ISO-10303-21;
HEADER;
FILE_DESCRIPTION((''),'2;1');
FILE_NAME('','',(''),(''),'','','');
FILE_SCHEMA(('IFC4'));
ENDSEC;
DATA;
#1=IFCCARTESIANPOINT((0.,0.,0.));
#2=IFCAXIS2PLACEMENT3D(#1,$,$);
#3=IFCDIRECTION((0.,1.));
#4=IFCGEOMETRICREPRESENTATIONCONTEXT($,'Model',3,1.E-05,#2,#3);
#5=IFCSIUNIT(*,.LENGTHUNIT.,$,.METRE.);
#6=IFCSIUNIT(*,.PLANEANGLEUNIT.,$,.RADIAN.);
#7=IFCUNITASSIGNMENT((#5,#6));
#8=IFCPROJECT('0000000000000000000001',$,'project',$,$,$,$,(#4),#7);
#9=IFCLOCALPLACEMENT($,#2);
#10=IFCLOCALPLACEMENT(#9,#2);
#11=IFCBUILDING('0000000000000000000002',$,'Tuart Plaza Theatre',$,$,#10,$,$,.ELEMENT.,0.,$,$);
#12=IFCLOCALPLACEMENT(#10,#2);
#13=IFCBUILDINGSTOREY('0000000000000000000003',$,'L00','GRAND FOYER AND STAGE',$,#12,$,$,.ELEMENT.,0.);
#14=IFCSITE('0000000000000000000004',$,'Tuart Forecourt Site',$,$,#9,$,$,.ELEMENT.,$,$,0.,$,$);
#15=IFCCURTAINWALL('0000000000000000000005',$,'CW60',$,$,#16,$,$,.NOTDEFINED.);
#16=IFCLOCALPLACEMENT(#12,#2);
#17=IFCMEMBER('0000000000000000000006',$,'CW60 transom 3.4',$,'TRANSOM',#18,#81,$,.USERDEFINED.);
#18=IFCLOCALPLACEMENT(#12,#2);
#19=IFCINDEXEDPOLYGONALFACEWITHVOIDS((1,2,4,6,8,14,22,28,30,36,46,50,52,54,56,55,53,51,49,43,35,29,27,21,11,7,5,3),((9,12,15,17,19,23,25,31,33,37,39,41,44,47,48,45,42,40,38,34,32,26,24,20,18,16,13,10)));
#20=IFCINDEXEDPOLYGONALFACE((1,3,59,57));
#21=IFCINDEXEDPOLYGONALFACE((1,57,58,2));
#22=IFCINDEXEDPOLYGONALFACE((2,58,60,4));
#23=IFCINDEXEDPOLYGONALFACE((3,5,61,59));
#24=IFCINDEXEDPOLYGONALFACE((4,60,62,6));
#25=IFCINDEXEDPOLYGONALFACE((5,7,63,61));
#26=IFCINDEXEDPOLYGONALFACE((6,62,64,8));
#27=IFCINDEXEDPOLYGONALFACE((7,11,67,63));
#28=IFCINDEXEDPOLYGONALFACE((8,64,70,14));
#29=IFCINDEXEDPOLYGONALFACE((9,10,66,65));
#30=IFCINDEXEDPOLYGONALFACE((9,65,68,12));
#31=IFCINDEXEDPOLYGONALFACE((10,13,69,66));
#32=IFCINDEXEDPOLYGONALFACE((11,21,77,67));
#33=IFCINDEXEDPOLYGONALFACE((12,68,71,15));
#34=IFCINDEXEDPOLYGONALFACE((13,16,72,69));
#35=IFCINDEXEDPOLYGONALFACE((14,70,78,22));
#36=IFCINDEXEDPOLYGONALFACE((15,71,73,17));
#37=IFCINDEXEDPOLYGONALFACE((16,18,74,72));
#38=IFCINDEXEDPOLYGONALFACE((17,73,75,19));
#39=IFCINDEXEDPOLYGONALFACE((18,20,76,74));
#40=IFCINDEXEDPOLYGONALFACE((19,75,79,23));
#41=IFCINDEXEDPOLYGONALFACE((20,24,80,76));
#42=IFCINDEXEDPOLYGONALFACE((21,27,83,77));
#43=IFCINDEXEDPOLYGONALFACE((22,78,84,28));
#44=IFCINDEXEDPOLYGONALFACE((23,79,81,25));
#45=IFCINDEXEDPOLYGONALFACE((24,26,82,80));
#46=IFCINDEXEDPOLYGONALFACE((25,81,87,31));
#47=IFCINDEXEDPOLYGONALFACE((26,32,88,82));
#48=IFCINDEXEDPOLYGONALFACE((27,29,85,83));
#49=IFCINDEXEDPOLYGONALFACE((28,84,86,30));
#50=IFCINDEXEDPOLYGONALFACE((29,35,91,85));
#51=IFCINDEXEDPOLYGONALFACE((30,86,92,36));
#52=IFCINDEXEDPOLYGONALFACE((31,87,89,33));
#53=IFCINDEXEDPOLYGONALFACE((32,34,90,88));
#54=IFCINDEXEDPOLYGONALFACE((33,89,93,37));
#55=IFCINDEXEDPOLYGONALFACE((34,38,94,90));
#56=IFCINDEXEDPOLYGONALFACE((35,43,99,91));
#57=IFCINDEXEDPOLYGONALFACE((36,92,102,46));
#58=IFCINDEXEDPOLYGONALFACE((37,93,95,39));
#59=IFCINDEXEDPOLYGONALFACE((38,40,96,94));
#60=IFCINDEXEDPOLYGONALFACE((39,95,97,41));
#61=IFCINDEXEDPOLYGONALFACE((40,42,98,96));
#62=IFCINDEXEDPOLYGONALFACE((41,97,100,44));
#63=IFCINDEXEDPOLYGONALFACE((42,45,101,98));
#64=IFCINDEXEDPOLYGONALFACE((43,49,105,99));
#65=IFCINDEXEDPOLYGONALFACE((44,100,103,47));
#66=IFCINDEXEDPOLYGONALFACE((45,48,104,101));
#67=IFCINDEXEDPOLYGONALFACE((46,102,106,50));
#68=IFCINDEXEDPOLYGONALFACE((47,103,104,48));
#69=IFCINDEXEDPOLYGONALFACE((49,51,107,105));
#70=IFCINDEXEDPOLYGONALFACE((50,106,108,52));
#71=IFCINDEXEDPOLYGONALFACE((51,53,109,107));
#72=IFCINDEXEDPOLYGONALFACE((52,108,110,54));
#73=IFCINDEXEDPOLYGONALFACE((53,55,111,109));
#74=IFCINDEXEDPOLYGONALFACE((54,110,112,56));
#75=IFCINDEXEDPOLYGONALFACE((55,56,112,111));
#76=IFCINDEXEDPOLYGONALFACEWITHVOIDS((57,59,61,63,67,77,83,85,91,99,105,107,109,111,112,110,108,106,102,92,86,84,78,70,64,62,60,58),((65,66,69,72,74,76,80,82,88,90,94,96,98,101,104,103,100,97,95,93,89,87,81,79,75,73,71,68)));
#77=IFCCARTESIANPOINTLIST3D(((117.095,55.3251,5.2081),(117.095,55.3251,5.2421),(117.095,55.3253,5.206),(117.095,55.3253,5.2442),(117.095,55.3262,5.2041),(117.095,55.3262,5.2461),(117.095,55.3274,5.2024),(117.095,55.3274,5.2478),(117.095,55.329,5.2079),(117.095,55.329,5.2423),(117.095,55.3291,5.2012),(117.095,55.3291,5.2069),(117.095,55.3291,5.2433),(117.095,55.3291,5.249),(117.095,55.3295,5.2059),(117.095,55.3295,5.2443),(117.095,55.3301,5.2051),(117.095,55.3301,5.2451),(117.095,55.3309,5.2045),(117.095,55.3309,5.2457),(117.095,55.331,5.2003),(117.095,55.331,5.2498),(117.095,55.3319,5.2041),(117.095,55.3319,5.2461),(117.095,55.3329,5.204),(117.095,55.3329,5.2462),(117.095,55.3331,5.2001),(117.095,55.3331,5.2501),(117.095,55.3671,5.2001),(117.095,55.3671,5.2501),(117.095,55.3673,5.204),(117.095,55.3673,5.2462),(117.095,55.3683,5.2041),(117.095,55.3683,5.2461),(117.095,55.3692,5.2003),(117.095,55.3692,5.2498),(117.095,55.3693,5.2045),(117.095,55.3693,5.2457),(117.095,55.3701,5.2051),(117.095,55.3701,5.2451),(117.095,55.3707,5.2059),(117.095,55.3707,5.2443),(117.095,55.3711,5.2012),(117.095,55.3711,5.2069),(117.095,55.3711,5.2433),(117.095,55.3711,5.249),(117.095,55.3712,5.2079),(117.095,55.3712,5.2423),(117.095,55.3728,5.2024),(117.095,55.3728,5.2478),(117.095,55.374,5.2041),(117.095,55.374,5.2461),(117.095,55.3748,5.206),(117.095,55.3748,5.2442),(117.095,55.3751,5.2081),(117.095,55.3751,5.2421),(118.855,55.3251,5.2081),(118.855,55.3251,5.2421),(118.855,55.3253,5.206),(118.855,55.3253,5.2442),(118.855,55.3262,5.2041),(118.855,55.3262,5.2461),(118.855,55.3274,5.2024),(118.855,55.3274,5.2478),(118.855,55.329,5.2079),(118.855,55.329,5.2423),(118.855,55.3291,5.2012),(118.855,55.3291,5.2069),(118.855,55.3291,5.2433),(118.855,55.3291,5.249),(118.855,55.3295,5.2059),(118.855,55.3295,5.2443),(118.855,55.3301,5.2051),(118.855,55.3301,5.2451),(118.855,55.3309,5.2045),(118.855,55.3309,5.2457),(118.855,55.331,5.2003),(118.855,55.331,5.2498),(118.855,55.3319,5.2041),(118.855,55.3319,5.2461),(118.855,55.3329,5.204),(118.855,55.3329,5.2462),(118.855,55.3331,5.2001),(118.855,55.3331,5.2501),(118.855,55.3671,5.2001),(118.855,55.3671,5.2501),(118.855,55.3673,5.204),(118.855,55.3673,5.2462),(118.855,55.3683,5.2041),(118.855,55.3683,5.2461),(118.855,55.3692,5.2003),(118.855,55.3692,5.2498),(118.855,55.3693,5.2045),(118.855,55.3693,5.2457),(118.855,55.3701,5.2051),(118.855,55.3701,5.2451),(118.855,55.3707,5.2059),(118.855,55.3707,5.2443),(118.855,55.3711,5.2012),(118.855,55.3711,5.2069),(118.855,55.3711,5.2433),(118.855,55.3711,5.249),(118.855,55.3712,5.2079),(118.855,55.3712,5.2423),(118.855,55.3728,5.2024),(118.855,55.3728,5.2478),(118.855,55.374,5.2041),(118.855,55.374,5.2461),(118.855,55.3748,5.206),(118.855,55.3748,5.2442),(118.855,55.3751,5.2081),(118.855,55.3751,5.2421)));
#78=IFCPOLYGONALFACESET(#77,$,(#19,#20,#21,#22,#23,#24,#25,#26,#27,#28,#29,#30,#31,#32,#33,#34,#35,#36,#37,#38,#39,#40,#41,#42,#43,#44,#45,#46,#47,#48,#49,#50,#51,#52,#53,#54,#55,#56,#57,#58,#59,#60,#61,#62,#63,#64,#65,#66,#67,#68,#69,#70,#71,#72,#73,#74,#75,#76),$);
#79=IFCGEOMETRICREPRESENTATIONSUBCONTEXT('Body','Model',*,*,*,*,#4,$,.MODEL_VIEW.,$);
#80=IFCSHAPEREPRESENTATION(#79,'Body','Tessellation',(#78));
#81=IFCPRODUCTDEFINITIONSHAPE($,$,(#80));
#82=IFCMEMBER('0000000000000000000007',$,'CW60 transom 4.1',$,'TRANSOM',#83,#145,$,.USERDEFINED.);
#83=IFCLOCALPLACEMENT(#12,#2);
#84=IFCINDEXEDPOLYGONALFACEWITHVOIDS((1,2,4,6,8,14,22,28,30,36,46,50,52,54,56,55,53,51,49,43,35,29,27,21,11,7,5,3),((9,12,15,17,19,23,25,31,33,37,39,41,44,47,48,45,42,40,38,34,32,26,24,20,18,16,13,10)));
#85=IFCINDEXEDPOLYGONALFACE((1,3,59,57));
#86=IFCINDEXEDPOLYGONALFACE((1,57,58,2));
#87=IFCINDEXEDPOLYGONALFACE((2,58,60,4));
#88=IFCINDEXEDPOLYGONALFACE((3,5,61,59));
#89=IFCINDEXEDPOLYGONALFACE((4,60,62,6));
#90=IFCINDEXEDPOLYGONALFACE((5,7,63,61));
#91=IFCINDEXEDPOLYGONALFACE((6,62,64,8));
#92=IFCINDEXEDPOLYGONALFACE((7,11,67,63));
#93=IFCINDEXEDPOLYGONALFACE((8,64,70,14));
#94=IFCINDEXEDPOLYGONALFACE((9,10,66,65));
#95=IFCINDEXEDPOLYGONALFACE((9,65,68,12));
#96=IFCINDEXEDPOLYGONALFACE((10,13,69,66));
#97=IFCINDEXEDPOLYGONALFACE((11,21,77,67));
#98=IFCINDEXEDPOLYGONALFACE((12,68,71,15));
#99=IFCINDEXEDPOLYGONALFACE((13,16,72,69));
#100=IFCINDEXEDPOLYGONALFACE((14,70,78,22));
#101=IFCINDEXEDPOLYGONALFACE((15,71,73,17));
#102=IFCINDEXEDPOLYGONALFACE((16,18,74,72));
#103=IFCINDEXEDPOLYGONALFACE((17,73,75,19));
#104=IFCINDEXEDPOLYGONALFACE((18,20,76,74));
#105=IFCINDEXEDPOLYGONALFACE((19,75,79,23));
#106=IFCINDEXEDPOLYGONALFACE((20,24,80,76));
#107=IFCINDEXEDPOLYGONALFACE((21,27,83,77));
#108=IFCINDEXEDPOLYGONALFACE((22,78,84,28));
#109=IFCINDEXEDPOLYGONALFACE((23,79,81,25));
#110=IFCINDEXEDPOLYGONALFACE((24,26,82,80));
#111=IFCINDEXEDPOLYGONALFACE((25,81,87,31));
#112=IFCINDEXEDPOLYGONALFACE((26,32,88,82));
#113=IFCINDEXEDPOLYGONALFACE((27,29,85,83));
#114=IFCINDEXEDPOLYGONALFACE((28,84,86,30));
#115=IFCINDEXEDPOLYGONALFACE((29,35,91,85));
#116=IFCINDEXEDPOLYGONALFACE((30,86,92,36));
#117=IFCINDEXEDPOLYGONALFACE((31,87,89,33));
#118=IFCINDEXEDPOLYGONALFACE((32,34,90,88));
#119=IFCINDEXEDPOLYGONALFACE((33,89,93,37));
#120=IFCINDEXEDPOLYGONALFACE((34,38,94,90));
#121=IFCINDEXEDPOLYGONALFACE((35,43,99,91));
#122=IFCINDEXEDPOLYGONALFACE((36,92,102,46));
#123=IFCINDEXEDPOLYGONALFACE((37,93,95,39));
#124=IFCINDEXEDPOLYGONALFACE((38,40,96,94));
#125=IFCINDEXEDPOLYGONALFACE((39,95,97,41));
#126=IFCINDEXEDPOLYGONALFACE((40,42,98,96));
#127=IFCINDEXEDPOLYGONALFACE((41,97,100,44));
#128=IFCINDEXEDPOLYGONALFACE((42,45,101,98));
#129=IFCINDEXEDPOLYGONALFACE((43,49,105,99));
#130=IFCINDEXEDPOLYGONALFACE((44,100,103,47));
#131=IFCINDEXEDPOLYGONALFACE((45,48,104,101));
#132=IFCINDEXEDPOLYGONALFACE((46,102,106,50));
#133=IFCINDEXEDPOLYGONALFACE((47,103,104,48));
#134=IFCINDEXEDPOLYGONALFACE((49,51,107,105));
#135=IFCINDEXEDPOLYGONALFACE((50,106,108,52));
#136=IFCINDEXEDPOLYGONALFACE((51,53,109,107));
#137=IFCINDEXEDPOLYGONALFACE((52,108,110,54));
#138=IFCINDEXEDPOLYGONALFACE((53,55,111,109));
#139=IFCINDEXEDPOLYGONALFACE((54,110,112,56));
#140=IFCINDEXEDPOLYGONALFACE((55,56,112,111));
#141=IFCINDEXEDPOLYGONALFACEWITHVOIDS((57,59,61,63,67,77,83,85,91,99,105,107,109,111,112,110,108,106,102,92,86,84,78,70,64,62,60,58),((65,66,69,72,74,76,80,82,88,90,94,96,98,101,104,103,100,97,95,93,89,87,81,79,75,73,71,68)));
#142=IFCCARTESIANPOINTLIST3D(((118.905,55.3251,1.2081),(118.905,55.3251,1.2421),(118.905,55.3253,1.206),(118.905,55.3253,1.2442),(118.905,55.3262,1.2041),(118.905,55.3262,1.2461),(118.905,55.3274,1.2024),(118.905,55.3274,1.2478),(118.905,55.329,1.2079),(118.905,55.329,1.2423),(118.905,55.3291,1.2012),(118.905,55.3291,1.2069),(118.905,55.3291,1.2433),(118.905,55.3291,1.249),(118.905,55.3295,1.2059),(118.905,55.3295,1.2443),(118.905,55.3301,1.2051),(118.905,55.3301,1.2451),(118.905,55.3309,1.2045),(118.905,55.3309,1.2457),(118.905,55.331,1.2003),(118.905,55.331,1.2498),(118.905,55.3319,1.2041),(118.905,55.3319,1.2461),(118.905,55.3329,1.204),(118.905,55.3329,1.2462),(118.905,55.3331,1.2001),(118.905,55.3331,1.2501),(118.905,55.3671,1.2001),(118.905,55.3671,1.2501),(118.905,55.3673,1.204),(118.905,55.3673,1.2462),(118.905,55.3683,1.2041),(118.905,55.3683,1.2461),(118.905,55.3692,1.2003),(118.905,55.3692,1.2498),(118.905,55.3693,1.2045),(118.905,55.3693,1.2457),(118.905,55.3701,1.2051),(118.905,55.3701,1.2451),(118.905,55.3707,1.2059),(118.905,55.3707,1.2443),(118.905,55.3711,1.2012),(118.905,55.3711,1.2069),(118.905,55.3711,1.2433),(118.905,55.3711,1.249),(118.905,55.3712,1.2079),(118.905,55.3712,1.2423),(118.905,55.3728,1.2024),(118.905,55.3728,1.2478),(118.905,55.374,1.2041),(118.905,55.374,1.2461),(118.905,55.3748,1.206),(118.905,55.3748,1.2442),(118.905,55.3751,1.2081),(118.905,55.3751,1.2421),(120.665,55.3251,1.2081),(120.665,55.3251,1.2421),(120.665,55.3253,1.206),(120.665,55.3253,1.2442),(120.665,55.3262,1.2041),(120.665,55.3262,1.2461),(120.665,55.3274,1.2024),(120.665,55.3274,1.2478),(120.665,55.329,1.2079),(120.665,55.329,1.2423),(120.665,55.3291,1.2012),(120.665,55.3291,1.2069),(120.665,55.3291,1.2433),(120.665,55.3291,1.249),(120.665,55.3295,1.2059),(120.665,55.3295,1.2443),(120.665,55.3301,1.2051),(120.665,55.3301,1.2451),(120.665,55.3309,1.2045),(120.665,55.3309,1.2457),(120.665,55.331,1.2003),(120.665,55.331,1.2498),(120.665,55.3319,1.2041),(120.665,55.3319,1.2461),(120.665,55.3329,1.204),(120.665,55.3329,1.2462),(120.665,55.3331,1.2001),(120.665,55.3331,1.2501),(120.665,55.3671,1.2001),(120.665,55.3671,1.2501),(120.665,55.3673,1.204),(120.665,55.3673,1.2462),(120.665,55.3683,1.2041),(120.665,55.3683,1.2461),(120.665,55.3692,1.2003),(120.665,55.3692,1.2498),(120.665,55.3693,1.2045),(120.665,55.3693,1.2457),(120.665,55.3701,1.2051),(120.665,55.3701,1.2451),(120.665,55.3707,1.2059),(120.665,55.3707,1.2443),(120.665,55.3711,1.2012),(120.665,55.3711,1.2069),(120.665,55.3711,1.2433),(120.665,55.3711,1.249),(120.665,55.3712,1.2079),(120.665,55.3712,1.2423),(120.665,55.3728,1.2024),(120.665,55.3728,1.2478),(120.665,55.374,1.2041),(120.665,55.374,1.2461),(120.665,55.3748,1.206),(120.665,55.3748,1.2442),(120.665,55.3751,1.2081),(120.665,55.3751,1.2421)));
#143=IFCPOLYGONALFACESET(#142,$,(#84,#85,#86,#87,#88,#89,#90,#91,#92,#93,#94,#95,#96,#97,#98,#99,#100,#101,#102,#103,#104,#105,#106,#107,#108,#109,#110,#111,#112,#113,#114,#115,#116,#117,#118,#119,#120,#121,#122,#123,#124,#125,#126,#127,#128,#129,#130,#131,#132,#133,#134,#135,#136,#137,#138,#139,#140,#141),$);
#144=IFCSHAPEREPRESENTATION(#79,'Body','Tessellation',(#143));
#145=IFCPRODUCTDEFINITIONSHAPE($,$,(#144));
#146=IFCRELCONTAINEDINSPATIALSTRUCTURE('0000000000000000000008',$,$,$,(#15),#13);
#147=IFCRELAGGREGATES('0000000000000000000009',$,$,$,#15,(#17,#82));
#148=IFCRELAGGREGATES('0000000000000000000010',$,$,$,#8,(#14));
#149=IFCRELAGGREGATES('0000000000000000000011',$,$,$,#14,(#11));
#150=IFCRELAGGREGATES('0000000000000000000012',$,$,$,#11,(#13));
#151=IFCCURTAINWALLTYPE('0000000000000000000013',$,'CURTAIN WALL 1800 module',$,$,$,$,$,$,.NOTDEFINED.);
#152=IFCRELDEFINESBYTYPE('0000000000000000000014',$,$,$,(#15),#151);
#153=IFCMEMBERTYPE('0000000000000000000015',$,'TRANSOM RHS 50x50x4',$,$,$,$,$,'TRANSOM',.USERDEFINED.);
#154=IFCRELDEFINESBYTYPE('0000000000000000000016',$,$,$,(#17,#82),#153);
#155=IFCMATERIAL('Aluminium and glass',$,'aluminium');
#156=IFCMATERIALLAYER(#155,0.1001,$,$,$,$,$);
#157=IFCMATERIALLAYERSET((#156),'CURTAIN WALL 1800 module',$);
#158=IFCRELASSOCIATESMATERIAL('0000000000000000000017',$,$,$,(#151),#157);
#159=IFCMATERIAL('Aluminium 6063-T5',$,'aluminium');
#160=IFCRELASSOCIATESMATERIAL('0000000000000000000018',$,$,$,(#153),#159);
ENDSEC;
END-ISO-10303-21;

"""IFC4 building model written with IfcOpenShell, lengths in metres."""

from ifc_helpers import new_model, si_unit, direction, frame, origin, origin_2d, place, context, subcontext, project, spatial, hollow_rectangle, extrude, material, layer, layer_set, material_profile, profile_set, type_object, element, aggregate, save


model = new_model("IFC4")

# Units and contexts
model_context = context("Model", 3, precision=1e-05, world=origin(), true_north=direction((0.0, 1.0)))
body_context = subcontext(model_context, "Body", "Model", "MODEL_VIEW")
ifc_project = project(units=[si_unit("LENGTHUNIT", "METRE"), si_unit("PLANEANGLEUNIT", "RADIAN")], contexts=[model_context])

# Site, building, storey
site_placement = place(None, origin())
site = spatial("IfcSite", under=ifc_project, at=site_placement, Name="Tuart Forecourt Site", CompositionType="ELEMENT", RefElevation=0.0)
building_placement = place(site_placement, origin())
building = spatial("IfcBuilding", under=site, at=building_placement, Name="Tuart Plaza Theatre", CompositionType="ELEMENT", ElevationOfRefHeight=0.0)
storey_placement = place(building_placement, origin())
storey = spatial("IfcBuildingStorey", under=building, at=storey_placement, Name="L00", Description="GRAND FOYER AND STAGE", CompositionType="ELEMENT", Elevation=0.0)

# Curtain wall, members
ifc_material_1 = material(Name="Aluminium and glass", Category="aluminium")
ifc_layer_1 = layer(ifc_material_1, 0.1001)
ifc_layer_set_1 = layer_set([ifc_layer_1], Name="CURTAIN WALL 1800 module")
curtain_wall_type = type_object("IfcCurtainWallType", Name="CURTAIN WALL 1800 module", PredefinedType="NOTDEFINED", material=ifc_layer_set_1)
curtain_wall_placement = place(storey_placement, origin())
curtain_wall = element("IfcCurtainWall", 1, at=curtain_wall_placement, inside=storey, type_object=curtain_wall_type, Name="CW60", PredefinedType="NOTDEFINED")
ifc_material_2 = material(Name="Aluminium 6063-T5", Category="aluminium")
ifc_material_profile_1 = material_profile(ifc_material_2, hollow_rectangle(XDim=0.05, YDim=0.05, WallThickness=0.0039, InnerFilletRadius=0.0039, OuterFilletRadius=0.0081, at=origin_2d()), Name="RHS 50x50x4")
ifc_profile_set_1 = profile_set([ifc_material_profile_1], Name="Aluminium 6063-T5")
member_type_1 = type_object("IfcMemberType", Name="TRANSOM RHS 50x50x4", ElementType="TRANSOM", PredefinedType="USERDEFINED", material=ifc_profile_set_1)
member_1_placement = place(storey_placement, frame((117.095, 55.3501, 5.2251), z_axis=(1.0, 0.0, 0.0), x_axis=(0.0, 1.0, 0.0)))
member_1 = element("IfcMember", 2, at=member_1_placement, type_object=member_type_1, Name="CW60 transom 3.4", ObjectType="TRANSOM", PredefinedType="USERDEFINED", context=body_context, shape_type="SweptSolid", body=[
    extrude(hollow_rectangle(XDim=0.05, YDim=0.05, WallThickness=0.0039, InnerFilletRadius=0.0039, OuterFilletRadius=0.0081, at=origin_2d()), origin(), (0.0, 0.0, 1.0), 1.76),
])
member_2_placement = place(storey_placement, frame((118.905, 55.3501, 1.2251), z_axis=(1.0, 0.0, 0.0), x_axis=(0.0, 1.0, 0.0)))
member_2 = element("IfcMember", 3, at=member_2_placement, type_object=member_type_1, Name="CW60 transom 4.1", ObjectType="TRANSOM", PredefinedType="USERDEFINED", context=body_context, shape_type="SweptSolid", body=[
    extrude(hollow_rectangle(XDim=0.05, YDim=0.05, WallThickness=0.0039, InnerFilletRadius=0.0039, OuterFilletRadius=0.0081, at=origin_2d()), origin(), (0.0, 0.0, 1.0), 1.76),
])
aggregate(curtain_wall, [member_1, member_2])

save(model, "model.ifc")
